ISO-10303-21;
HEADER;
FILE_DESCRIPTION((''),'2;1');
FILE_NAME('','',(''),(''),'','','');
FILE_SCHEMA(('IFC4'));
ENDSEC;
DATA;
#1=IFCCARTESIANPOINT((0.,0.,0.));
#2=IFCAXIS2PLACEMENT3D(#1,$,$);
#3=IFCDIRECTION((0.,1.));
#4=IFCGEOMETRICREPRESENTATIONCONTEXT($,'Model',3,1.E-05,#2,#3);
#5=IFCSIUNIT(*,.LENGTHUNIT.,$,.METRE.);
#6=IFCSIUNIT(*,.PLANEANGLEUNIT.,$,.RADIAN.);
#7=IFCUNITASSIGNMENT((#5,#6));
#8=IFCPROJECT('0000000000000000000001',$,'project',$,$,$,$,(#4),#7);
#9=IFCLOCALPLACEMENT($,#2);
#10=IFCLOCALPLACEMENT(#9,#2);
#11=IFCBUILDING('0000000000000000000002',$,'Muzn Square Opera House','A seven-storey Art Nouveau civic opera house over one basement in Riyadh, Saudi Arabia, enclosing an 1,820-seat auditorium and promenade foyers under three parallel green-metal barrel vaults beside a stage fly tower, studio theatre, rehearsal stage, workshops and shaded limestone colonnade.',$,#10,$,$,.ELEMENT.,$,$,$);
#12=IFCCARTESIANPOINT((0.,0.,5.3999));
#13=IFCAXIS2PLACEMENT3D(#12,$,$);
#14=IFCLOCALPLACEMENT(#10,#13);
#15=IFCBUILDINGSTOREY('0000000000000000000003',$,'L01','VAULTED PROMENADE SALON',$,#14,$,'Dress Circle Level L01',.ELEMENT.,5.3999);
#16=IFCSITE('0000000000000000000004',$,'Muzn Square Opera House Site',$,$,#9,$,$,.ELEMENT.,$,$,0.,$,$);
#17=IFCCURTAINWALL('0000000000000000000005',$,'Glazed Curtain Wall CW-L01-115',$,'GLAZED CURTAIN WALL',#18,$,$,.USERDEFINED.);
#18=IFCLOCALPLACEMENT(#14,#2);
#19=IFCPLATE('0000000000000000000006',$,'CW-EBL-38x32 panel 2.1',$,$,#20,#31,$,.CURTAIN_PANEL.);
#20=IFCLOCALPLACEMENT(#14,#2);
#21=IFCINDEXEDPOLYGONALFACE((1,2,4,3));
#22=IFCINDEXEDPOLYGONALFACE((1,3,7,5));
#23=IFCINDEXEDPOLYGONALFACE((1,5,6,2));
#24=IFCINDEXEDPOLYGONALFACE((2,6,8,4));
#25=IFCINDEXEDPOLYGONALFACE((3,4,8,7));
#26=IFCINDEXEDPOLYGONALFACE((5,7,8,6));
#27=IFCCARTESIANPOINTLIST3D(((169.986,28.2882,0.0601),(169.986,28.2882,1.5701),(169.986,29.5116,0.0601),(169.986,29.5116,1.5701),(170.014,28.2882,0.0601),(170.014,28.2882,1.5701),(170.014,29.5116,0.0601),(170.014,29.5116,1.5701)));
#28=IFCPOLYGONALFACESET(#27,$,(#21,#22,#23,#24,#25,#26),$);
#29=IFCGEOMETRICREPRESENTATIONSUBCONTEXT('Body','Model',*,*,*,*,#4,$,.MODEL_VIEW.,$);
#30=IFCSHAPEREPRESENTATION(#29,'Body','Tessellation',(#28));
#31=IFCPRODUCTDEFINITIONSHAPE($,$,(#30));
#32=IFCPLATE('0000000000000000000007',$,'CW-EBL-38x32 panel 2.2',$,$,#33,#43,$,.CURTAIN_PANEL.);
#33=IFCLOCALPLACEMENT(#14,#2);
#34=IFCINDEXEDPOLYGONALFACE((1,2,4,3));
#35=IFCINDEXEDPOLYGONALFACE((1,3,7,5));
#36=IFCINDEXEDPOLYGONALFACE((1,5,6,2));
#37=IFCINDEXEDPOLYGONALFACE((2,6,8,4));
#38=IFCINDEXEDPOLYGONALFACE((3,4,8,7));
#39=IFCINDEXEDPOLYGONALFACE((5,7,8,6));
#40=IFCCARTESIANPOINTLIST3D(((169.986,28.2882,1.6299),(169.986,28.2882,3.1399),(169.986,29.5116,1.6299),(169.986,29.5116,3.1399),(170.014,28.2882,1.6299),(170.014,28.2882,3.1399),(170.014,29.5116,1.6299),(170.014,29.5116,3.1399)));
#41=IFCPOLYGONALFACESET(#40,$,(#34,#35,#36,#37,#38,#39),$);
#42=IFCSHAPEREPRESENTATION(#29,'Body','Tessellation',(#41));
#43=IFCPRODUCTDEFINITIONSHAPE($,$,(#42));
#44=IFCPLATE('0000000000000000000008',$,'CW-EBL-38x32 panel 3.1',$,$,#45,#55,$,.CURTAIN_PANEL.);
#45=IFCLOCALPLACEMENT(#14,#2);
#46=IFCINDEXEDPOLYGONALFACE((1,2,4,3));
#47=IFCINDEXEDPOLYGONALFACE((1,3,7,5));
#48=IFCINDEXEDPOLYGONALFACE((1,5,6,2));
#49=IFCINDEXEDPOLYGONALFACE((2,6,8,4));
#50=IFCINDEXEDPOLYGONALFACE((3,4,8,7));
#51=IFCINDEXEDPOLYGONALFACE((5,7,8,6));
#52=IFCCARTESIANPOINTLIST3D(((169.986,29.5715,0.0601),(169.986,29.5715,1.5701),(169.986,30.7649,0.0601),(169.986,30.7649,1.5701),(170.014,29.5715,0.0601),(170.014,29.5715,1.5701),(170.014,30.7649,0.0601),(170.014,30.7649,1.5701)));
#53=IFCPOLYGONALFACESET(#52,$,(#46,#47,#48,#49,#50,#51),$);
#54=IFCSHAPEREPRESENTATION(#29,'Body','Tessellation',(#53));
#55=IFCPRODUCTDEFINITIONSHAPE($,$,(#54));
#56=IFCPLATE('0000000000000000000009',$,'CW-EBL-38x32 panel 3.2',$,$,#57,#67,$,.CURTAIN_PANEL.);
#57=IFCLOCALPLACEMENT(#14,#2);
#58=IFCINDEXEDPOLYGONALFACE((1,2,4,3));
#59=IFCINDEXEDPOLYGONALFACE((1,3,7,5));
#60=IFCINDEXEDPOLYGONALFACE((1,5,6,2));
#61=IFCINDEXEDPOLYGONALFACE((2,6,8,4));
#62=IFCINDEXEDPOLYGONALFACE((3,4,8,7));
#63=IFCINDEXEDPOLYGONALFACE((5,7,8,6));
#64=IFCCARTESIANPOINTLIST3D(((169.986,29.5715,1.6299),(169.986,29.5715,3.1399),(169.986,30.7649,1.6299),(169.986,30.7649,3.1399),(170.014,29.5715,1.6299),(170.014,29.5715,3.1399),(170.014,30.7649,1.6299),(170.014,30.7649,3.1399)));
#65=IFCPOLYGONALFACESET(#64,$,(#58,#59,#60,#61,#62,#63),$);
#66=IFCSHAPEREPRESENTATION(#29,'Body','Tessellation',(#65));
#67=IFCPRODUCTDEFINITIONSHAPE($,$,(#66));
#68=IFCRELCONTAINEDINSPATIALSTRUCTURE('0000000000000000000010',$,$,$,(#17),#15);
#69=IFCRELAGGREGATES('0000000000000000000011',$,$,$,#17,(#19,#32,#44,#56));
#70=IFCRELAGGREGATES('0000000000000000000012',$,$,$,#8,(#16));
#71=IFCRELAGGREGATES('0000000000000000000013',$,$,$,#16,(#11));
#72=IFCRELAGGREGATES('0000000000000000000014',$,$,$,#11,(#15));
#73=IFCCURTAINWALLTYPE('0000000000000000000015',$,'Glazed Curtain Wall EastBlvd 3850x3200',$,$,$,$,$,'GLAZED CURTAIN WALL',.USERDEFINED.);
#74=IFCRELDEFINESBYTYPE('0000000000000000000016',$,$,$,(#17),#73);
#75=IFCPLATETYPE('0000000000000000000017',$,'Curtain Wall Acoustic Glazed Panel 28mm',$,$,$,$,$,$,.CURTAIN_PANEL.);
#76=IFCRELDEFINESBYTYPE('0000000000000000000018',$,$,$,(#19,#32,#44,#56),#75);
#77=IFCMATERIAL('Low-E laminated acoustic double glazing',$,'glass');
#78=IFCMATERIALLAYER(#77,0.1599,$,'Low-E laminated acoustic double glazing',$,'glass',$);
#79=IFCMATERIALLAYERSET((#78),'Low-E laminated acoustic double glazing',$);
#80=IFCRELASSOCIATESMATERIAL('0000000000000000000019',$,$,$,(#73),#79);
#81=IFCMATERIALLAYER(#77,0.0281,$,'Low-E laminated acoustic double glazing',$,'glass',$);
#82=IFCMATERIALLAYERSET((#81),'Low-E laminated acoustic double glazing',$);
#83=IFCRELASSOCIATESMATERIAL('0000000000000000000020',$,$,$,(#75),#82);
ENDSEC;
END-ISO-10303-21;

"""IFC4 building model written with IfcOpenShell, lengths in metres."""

from ifc_helpers import new_model, si_unit, direction, frame, origin, origin_2d, place, context, subcontext, project, spatial, rectangle, extrude, material, layer, layer_set, type_object, element, aggregate, save


model = new_model("IFC4")

# Units and contexts
model_context = context("Model", 3, precision=1e-05, world=origin(), true_north=direction((0.0, 1.0)))
body_context = subcontext(model_context, "Body", "Model", "MODEL_VIEW")
ifc_project = project(units=[si_unit("LENGTHUNIT", "METRE"), si_unit("PLANEANGLEUNIT", "RADIAN")], contexts=[model_context])

# Site, building, storey
site_placement = place(None, origin())
site = spatial("IfcSite", under=ifc_project, at=site_placement, Name="Muzn Square Opera House Site", CompositionType="ELEMENT", RefElevation=0.0)
building_placement = place(site_placement, origin())
building = spatial("IfcBuilding", under=site, at=building_placement, Name="Muzn Square Opera House", Description="A seven-storey Art Nouveau civic opera house over one basement in Riyadh, Saudi Arabia, enclosing an 1,820-seat auditorium and promenade foyers under three parallel green-metal barrel vaults beside a stage fly tower, studio theatre, rehearsal stage, workshops and shaded limestone colonnade.", CompositionType="ELEMENT")
storey_placement = place(building_placement, frame((0.0, 0.0, 5.3999)))
storey = spatial("IfcBuildingStorey", under=building, at=storey_placement, Name="L01", Description="VAULTED PROMENADE SALON", LongName="Dress Circle Level L01", CompositionType="ELEMENT", Elevation=5.3999)

# Curtain wall
ifc_material_1 = material(Name="Low-E laminated acoustic double glazing", Category="glass")
ifc_layer_1 = layer(ifc_material_1, 0.1599, Name="Low-E laminated acoustic double glazing", Category="glass")
ifc_layer_set_1 = layer_set([ifc_layer_1], Name="Low-E laminated acoustic double glazing")
curtain_wall_type = type_object("IfcCurtainWallType", Name="Glazed Curtain Wall EastBlvd 3850x3200", ElementType="GLAZED CURTAIN WALL", PredefinedType="USERDEFINED", material=ifc_layer_set_1)
curtain_wall_placement = place(storey_placement, origin())
curtain_wall = element("IfcCurtainWall", 1, at=curtain_wall_placement, inside=storey, type_object=curtain_wall_type, Name="Glazed Curtain Wall CW-L01-115", ObjectType="GLAZED CURTAIN WALL", PredefinedType="USERDEFINED")

# Plates
ifc_layer_2 = layer(ifc_material_1, 0.0281, Name="Low-E laminated acoustic double glazing", Category="glass")
ifc_layer_set_2 = layer_set([ifc_layer_2], Name="Low-E laminated acoustic double glazing")
plate_type = type_object("IfcPlateType", Name="Curtain Wall Acoustic Glazed Panel 28mm", PredefinedType="CURTAIN_PANEL", material=ifc_layer_set_2)
plate_1_placement = place(storey_placement, frame((170.0, 28.8999, 0.0601), z_axis=(0.0, 0.0, 1.0), x_axis=(0.0, 1.0, 0.0)))
plate_1 = element("IfcPlate", 2, at=plate_1_placement, type_object=plate_type, Name="CW-EBL-38x32 panel 2.1", PredefinedType="CURTAIN_PANEL", context=body_context, shape_type="SweptSolid", body=[
    extrude(rectangle(XDim=1.2234, YDim=0.0281, at=origin_2d()), origin(), (0.0, 0.0, 1.0), 1.51),
])
plate_2_placement = place(storey_placement, frame((170.0, 28.8999, 1.6299), z_axis=(0.0, 0.0, 1.0), x_axis=(0.0, 1.0, 0.0)))
plate_2 = element("IfcPlate", 3, at=plate_2_placement, type_object=plate_type, Name="CW-EBL-38x32 panel 2.2", PredefinedType="CURTAIN_PANEL", context=body_context, shape_type="SweptSolid", body=[
    extrude(rectangle(XDim=1.2234, YDim=0.0281, at=origin_2d()), origin(), (0.0, 0.0, 1.0), 1.51),
])
plate_3_placement = place(storey_placement, frame((170.0, 30.1682, 0.0601), z_axis=(0.0, 0.0, 1.0), x_axis=(0.0, 1.0, 0.0)))
plate_3 = element("IfcPlate", 4, at=plate_3_placement, type_object=plate_type, Name="CW-EBL-38x32 panel 3.1", PredefinedType="CURTAIN_PANEL", context=body_context, shape_type="SweptSolid", body=[
    extrude(rectangle(XDim=1.1934, YDim=0.0281, at=origin_2d()), origin(), (0.0, 0.0, 1.0), 1.51),
])
plate_4_placement = place(storey_placement, frame((170.0, 30.1682, 1.6299), z_axis=(0.0, 0.0, 1.0), x_axis=(0.0, 1.0, 0.0)))
plate_4 = element("IfcPlate", 5, at=plate_4_placement, type_object=plate_type, Name="CW-EBL-38x32 panel 3.2", PredefinedType="CURTAIN_PANEL", context=body_context, shape_type="SweptSolid", body=[
    extrude(rectangle(XDim=1.1934, YDim=0.0281, at=origin_2d()), origin(), (0.0, 0.0, 1.0), 1.51),
])
aggregate(curtain_wall, [plate_1, plate_2, plate_3, plate_4])

save(model, "model.ifc")
